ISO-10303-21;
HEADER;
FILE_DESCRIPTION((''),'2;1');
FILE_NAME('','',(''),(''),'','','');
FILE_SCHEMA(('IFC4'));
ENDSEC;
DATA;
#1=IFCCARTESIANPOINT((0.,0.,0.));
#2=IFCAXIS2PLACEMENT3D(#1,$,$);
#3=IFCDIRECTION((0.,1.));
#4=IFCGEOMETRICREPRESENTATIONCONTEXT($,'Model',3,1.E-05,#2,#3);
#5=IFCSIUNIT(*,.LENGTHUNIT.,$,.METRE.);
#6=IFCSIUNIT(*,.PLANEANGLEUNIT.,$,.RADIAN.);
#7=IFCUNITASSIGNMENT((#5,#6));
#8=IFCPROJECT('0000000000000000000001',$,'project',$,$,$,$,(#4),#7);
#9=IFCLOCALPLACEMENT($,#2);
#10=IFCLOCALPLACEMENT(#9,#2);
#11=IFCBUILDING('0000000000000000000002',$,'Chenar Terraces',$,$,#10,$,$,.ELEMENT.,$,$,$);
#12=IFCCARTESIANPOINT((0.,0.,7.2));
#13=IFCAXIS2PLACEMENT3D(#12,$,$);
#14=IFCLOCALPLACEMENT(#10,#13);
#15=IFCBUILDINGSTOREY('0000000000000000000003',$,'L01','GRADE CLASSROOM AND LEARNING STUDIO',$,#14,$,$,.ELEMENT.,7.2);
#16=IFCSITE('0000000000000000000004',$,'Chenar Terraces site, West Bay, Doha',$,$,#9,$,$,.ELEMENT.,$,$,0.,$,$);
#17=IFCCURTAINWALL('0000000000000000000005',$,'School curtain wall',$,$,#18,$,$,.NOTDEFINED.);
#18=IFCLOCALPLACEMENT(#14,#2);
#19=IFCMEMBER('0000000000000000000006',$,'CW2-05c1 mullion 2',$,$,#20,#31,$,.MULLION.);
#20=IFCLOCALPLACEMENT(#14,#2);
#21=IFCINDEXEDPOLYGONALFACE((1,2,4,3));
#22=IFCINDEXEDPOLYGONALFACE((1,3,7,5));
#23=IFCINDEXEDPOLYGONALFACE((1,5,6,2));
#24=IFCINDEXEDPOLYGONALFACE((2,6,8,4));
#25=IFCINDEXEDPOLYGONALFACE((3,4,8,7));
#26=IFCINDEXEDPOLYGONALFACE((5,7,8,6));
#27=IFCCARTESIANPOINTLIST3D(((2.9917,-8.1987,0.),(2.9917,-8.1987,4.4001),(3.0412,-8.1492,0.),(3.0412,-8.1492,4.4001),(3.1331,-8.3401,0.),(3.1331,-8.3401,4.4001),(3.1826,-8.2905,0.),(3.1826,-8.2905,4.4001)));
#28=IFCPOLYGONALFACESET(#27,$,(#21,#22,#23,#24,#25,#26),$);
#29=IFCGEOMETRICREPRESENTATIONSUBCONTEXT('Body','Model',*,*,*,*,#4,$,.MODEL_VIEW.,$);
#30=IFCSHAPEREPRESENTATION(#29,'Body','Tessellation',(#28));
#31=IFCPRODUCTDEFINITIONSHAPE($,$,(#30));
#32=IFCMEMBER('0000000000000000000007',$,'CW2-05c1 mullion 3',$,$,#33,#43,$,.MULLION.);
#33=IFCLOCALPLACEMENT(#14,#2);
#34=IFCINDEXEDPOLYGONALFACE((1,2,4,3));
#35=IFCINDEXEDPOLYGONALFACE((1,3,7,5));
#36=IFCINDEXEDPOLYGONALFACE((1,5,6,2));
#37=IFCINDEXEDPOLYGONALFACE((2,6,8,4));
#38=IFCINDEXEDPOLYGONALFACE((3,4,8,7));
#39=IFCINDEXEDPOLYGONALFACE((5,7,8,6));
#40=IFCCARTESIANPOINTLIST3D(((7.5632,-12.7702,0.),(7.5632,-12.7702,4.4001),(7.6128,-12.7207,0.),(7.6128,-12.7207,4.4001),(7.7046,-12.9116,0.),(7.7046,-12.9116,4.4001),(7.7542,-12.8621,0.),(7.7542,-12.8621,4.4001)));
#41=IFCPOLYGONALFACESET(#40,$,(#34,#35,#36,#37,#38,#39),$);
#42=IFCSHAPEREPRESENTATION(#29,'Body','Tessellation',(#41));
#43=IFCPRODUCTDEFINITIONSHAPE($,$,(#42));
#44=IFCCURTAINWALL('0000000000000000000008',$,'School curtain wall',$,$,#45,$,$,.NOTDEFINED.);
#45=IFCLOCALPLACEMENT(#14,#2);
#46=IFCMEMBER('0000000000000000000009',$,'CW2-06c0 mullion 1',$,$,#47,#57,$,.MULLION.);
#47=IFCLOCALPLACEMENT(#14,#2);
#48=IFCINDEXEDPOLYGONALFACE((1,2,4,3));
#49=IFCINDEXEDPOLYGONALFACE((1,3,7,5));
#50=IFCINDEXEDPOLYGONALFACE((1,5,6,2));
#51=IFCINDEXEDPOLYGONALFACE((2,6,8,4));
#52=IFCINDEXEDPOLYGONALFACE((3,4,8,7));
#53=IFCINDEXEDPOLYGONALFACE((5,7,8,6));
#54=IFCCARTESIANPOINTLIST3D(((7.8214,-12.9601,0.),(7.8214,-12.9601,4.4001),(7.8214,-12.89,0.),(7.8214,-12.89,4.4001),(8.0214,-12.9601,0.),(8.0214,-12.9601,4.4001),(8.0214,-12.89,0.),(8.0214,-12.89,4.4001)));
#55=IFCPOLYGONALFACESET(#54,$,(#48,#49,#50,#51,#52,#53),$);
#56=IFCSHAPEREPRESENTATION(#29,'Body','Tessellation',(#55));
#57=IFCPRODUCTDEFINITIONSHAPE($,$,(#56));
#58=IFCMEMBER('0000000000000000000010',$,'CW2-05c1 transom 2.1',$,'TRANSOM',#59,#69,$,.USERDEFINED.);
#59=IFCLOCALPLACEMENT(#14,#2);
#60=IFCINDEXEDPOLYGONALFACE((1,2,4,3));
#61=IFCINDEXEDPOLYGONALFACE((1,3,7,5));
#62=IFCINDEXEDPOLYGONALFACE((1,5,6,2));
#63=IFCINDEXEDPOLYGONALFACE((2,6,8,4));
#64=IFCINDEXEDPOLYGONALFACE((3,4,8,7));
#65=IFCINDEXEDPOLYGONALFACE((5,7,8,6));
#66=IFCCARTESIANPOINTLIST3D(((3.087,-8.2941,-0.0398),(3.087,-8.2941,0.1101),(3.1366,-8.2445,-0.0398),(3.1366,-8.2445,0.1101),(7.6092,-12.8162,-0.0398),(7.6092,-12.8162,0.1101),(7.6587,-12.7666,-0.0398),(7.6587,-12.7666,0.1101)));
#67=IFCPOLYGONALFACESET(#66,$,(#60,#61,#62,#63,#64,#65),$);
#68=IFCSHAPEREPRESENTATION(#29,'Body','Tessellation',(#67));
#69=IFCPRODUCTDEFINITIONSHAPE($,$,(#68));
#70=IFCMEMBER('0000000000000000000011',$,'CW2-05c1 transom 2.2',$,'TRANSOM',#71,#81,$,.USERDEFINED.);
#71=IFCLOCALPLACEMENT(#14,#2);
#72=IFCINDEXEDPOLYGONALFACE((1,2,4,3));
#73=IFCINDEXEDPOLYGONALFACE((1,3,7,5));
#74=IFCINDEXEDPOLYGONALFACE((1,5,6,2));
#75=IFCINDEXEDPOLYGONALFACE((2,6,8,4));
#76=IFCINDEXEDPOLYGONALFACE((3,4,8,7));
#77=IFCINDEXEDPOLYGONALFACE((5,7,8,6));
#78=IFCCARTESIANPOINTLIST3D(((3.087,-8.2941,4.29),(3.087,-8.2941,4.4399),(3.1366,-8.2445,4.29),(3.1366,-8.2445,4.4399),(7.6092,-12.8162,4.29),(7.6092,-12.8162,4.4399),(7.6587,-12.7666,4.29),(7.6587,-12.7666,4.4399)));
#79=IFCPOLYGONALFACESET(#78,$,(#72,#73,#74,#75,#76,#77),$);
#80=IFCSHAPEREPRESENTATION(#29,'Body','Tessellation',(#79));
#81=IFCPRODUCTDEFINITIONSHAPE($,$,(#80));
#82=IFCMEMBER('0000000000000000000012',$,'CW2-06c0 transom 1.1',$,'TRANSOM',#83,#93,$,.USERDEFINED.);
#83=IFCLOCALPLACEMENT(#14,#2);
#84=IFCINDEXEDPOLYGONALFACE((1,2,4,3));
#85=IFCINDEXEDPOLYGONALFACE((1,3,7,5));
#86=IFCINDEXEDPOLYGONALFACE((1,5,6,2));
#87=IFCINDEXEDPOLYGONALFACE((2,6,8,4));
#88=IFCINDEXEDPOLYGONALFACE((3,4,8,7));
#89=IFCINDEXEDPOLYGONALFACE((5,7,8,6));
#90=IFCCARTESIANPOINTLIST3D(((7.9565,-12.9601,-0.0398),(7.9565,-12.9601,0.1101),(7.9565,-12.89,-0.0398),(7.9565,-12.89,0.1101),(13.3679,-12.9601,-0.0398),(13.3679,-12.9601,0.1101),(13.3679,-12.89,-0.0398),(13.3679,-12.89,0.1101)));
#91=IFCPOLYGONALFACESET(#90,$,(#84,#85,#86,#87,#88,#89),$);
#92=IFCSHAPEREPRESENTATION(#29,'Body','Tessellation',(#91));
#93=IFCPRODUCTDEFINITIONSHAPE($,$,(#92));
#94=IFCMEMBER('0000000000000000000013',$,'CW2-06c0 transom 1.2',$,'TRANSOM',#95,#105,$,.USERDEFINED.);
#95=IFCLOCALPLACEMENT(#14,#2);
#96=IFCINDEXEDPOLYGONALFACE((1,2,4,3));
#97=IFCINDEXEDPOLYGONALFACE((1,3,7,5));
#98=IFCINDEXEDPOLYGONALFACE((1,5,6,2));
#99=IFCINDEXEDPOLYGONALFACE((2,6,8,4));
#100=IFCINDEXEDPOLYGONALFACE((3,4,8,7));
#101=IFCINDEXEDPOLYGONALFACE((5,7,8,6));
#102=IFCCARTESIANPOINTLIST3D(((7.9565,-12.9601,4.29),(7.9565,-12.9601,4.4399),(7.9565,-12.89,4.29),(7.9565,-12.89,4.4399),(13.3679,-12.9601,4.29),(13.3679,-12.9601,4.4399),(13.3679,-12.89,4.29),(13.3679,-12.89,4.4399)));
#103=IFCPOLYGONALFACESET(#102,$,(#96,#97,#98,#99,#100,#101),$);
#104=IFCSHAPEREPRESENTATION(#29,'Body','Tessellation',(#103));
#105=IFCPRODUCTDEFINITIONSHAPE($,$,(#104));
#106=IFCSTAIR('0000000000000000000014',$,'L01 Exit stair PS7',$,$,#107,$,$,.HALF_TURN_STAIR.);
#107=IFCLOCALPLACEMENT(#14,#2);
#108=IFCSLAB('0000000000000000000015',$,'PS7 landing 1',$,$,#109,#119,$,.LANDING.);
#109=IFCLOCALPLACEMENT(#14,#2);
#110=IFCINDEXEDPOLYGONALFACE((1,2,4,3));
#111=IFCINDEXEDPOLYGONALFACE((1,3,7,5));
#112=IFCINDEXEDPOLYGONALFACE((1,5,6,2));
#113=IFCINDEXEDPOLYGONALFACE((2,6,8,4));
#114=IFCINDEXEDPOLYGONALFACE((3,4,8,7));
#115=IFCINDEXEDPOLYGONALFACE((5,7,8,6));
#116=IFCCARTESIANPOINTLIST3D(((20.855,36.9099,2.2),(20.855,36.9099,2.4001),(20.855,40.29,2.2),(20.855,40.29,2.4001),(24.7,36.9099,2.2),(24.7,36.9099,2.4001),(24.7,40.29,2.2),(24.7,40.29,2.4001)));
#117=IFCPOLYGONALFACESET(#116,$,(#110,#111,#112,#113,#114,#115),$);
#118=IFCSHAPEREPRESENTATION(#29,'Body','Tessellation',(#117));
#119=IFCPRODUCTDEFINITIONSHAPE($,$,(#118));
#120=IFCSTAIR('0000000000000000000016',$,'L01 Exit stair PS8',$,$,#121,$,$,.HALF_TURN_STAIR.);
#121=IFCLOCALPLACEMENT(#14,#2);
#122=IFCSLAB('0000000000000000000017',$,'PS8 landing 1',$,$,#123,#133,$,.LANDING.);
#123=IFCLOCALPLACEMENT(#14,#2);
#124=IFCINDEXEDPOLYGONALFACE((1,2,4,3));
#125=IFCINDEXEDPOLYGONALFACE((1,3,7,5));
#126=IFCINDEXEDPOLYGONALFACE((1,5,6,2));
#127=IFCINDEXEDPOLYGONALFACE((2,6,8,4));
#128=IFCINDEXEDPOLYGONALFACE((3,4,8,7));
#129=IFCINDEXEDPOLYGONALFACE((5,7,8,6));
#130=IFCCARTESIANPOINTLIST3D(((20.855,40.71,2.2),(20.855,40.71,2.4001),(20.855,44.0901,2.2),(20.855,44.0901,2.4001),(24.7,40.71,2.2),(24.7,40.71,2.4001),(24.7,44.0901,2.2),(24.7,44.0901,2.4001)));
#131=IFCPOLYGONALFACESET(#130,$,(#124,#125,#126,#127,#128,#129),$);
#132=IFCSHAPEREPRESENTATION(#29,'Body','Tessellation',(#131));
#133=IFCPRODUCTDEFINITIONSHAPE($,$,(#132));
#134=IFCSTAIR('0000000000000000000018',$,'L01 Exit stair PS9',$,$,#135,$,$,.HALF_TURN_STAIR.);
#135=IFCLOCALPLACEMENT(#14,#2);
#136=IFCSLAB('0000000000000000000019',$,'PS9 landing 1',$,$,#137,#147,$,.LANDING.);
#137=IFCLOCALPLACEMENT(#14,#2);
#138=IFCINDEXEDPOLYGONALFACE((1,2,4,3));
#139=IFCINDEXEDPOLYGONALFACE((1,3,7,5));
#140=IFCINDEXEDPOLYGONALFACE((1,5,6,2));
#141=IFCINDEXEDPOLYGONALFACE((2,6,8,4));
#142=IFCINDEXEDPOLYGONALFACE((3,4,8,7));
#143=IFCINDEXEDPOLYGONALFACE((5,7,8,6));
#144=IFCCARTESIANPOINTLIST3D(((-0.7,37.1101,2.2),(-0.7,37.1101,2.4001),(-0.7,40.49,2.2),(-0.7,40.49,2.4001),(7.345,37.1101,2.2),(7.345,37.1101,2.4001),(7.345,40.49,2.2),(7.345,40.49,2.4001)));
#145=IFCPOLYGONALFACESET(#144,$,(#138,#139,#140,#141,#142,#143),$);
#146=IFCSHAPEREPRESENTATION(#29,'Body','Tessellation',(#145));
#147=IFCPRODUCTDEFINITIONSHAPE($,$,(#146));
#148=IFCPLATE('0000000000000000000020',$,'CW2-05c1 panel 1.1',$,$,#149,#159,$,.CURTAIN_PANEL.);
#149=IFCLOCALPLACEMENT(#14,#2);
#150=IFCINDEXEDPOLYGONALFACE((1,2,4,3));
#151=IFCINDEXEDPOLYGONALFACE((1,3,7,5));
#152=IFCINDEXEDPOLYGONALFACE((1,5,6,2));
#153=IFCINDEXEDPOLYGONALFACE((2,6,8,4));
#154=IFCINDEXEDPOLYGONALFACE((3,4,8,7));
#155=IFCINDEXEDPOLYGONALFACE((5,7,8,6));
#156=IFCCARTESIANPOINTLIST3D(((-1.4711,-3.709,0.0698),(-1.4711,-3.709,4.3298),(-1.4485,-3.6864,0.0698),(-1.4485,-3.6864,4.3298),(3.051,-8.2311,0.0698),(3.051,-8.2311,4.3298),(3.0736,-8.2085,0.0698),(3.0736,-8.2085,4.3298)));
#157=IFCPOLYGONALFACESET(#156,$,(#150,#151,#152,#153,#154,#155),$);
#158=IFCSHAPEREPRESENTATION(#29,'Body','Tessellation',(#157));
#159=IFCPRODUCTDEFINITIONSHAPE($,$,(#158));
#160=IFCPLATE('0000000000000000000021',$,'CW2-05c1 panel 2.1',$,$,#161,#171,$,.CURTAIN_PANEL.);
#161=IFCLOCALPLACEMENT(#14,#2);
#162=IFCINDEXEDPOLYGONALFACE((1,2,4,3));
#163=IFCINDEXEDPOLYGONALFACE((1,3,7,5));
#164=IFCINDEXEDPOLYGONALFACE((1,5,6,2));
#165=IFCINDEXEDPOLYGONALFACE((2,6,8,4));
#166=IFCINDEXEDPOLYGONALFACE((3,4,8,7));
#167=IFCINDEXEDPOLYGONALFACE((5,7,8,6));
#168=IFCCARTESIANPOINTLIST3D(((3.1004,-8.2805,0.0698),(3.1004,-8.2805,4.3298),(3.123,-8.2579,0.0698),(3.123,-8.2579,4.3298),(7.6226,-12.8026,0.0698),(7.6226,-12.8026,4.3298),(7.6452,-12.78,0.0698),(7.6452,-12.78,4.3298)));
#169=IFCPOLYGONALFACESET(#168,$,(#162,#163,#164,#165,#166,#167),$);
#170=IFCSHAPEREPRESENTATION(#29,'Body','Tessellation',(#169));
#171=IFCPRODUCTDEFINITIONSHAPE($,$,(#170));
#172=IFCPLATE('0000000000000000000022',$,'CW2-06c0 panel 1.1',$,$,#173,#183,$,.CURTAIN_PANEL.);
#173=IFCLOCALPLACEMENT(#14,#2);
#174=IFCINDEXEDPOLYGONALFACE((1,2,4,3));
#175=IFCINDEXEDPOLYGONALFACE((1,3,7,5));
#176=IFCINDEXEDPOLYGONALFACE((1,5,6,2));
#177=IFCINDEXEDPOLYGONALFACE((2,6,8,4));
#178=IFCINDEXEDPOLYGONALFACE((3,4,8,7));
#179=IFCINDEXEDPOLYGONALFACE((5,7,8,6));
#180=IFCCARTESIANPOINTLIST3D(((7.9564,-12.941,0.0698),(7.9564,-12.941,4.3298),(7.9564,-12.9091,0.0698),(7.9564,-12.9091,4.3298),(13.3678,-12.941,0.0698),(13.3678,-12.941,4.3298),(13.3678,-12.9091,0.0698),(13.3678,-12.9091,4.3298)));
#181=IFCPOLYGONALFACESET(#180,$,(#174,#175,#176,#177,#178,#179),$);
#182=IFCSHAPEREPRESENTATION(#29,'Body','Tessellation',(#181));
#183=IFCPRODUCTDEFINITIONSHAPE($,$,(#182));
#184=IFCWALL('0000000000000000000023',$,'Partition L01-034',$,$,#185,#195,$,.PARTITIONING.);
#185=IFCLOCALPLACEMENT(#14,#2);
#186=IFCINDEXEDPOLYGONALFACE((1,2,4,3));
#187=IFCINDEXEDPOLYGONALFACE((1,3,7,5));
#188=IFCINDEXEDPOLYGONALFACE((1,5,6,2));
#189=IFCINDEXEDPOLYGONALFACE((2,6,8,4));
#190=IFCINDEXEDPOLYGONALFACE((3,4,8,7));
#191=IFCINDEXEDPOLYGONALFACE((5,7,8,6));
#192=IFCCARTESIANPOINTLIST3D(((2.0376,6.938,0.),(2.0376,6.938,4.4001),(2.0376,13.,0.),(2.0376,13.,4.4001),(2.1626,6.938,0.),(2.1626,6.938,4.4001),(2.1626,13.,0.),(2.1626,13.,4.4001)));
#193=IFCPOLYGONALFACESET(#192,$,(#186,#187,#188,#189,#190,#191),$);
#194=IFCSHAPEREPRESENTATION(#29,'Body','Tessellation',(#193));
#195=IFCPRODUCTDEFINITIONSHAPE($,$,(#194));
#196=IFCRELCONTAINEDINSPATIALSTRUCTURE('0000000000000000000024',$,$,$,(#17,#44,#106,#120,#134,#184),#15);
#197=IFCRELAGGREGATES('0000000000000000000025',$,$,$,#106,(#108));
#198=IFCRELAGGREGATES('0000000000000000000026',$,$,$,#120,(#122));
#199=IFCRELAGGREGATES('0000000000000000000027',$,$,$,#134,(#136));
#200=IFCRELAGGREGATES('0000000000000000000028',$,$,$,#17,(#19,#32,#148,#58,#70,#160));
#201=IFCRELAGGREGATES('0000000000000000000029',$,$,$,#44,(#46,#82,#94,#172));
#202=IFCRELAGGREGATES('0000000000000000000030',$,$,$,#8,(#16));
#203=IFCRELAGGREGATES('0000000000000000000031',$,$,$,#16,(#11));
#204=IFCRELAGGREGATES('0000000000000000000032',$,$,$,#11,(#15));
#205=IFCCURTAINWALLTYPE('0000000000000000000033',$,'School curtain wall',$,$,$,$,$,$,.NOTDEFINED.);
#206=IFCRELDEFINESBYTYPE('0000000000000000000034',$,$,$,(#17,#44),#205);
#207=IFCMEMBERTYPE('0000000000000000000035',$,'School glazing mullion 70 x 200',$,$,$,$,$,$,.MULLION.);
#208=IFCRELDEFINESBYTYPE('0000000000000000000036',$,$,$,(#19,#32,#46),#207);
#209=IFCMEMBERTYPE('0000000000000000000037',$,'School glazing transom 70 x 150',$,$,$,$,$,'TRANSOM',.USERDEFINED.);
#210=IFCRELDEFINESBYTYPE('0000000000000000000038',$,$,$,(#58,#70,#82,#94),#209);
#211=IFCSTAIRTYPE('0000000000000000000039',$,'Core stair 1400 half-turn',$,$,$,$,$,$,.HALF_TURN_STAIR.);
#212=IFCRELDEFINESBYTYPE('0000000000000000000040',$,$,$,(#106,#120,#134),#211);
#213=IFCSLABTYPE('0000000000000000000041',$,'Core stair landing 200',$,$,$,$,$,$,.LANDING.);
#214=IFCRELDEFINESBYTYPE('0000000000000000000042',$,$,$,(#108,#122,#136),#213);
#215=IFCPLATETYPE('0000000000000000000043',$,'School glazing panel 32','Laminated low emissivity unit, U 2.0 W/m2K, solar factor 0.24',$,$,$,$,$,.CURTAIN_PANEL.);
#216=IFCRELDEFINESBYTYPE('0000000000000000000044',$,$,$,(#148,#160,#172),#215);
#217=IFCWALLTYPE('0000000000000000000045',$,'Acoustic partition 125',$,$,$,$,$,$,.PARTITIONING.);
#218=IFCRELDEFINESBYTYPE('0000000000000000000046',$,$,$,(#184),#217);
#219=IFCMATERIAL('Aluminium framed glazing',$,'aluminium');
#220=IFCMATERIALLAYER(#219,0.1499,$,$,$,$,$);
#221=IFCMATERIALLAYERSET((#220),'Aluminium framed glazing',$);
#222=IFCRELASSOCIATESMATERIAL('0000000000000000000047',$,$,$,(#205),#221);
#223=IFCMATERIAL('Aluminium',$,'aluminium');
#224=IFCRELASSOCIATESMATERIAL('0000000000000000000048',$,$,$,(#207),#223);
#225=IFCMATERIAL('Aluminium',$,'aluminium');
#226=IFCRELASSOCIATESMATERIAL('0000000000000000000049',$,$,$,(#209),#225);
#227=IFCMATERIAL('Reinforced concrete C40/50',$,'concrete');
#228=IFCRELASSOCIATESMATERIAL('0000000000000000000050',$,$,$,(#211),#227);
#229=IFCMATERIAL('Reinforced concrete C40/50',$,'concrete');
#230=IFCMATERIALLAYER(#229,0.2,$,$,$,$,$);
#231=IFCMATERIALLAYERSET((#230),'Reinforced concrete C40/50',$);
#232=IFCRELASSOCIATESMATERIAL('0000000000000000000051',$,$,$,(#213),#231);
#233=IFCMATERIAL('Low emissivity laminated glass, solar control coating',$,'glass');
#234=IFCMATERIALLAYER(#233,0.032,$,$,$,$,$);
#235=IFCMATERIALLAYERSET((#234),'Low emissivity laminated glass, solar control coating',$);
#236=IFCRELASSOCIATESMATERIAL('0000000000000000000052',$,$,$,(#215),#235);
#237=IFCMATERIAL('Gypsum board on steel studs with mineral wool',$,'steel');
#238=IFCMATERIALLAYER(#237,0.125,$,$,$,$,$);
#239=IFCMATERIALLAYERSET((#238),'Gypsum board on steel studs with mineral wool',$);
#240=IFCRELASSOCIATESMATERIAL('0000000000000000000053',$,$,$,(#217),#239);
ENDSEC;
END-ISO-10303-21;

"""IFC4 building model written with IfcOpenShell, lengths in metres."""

from ifc_helpers import new_model, si_unit, direction, frame, frame_2d, origin, origin_2d, place, context, subcontext, project, spatial, polyline, rectangle, outline, extrude, material, layer, layer_set, material_profile, profile_set, type_object, element, aggregate, save


model = new_model("IFC4")

# Units and contexts
model_context = context("Model", 3, precision=1e-05, world=origin(), true_north=direction((0.0, 1.0)))
body_context = subcontext(model_context, "Body", "Model", "MODEL_VIEW")
ifc_project = project(units=[si_unit("LENGTHUNIT", "METRE"), si_unit("PLANEANGLEUNIT", "RADIAN")], contexts=[model_context])

# Site, building, storey
site_placement = place(None, origin())
site = spatial("IfcSite", under=ifc_project, at=site_placement, Name="Chenar Terraces site, West Bay, Doha", CompositionType="ELEMENT", RefElevation=0.0)
building_placement = place(site_placement, origin())
building = spatial("IfcBuilding", under=site, at=building_placement, Name="Chenar Terraces", CompositionType="ELEMENT")
storey_placement = place(building_placement, frame((0.0, 0.0, 7.2)))
storey = spatial("IfcBuildingStorey", under=building, at=storey_placement, Name="L01", Description="GRADE CLASSROOM AND LEARNING STUDIO", CompositionType="ELEMENT", Elevation=7.2)

# Curtain wall, members
ifc_material_1 = material(Name="Aluminium framed glazing", Category="aluminium")
ifc_layer_1 = layer(ifc_material_1, 0.1499)
ifc_layer_set_1 = layer_set([ifc_layer_1], Name="Aluminium framed glazing")
curtain_wall_type = type_object("IfcCurtainWallType", Name="School curtain wall", PredefinedType="NOTDEFINED", material=ifc_layer_set_1)
placement_1 = place(storey_placement, origin())
curtain_wall_1 = element("IfcCurtainWall", 1, at=placement_1, inside=storey, type_object=curtain_wall_type, Name="School curtain wall", PredefinedType="NOTDEFINED")
ifc_material_2 = material(Name="Aluminium", Category="aluminium")
ifc_material_profile_1 = material_profile(ifc_material_2, rectangle(XDim=0.0701, YDim=0.2, at=origin_2d()), Name="School glazing mullion 70 x 200")
ifc_profile_set_1 = profile_set([ifc_material_profile_1], Name="Aluminium")
member_type_1 = type_object("IfcMemberType", Name="School glazing mullion 70 x 200", PredefinedType="MULLION", material=ifc_profile_set_1)
member_1_placement = place(storey_placement, frame((3.0872, -8.2446, 0.0), z_axis=(0.0, 0.0, 1.0), x_axis=(0.707107, 0.707107, 0.0)))
member_1 = element("IfcMember", 2, at=member_1_placement, type_object=member_type_1, Name="CW2-05c1 mullion 2", PredefinedType="MULLION", context=body_context, shape_type="SweptSolid", body=[
    extrude(rectangle(XDim=0.0701, YDim=0.2, at=origin_2d()), origin(), (0.0, 0.0, 1.0), 4.4001),
])
member_2_placement = place(storey_placement, frame((7.6587, -12.8162, 0.0), z_axis=(0.0, 0.0, 1.0), x_axis=(0.707107, 0.707107, 0.0)))
member_2 = element("IfcMember", 3, at=member_2_placement, type_object=member_type_1, Name="CW2-05c1 mullion 3", PredefinedType="MULLION", context=body_context, shape_type="SweptSolid", body=[
    extrude(rectangle(XDim=0.0701, YDim=0.2, at=origin_2d()), origin(), (0.0, 0.0, 1.0), 4.4001),
])

# Curtain wall, member
curtain_wall_2 = element("IfcCurtainWall", 4, at=placement_1, inside=storey, type_object=curtain_wall_type, Name="School curtain wall", PredefinedType="NOTDEFINED")
member_3_placement = place(storey_placement, frame((7.9214, -12.925, 0.0), z_axis=(0.0, 0.0, 1.0), x_axis=(0.0, 1.0, 0.0)))
member_3 = element("IfcMember", 5, at=member_3_placement, type_object=member_type_1, Name="CW2-06c0 mullion 1", PredefinedType="MULLION", context=body_context, shape_type="SweptSolid", body=[
    extrude(rectangle(XDim=0.0701, YDim=0.2, at=origin_2d()), origin(), (0.0, 0.0, 1.0), 4.4001),
])

# Members
ifc_material_3 = material(Name="Aluminium", Category="aluminium")
ifc_material_profile_2 = material_profile(ifc_material_3, rectangle(XDim=0.0701, YDim=0.1499, at=origin_2d()), Name="School glazing transom 70 x 150")
ifc_profile_set_2 = profile_set([ifc_material_profile_2], Name="Aluminium")
member_type_2 = type_object("IfcMemberType", Name="School glazing transom 70 x 150", ElementType="TRANSOM", PredefinedType="USERDEFINED", material=ifc_profile_set_2)
member_4_placement = place(storey_placement, frame((3.1118, -8.2693, 0.0352), z_axis=(0.707107, -0.707107, 0.0), x_axis=(0.707107, 0.707107, 0.0)))
member_4 = element("IfcMember", 6, at=member_4_placement, type_object=member_type_2, Name="CW2-05c1 transom 2.1", ObjectType="TRANSOM", PredefinedType="USERDEFINED", context=body_context, shape_type="SweptSolid", body=[
    extrude(rectangle(XDim=0.0701, YDim=0.1499, at=origin_2d()), origin(), (0.0, 0.0, 1.0), 6.3953),
])
member_5_placement = place(storey_placement, frame((3.1118, -8.2693, 4.365), z_axis=(0.707107, -0.707107, 0.0), x_axis=(0.707107, 0.707107, 0.0)))
member_5 = element("IfcMember", 7, at=member_5_placement, type_object=member_type_2, Name="CW2-05c1 transom 2.2", ObjectType="TRANSOM", PredefinedType="USERDEFINED", context=body_context, shape_type="SweptSolid", body=[
    extrude(rectangle(XDim=0.0701, YDim=0.1499, at=origin_2d()), origin(), (0.0, 0.0, 1.0), 6.3953),
])
member_6_placement = place(storey_placement, frame((7.9565, -12.925, 0.0352), z_axis=(1.0, 0.0, 0.0), x_axis=(0.0, 1.0, 0.0)))
member_6 = element("IfcMember", 8, at=member_6_placement, type_object=member_type_2, Name="CW2-06c0 transom 1.1", ObjectType="TRANSOM", PredefinedType="USERDEFINED", context=body_context, shape_type="SweptSolid", body=[
    extrude(rectangle(XDim=0.0701, YDim=0.1499, at=origin_2d()), origin(), (0.0, 0.0, 1.0), 5.4114),
])
member_7_placement = place(storey_placement, frame((7.9565, -12.925, 4.365), z_axis=(1.0, 0.0, 0.0), x_axis=(0.0, 1.0, 0.0)))
member_7 = element("IfcMember", 9, at=member_7_placement, type_object=member_type_2, Name="CW2-06c0 transom 1.2", ObjectType="TRANSOM", PredefinedType="USERDEFINED", context=body_context, shape_type="SweptSolid", body=[
    extrude(rectangle(XDim=0.0701, YDim=0.1499, at=origin_2d()), origin(), (0.0, 0.0, 1.0), 5.4114),
])

# Stairs, slabs
ifc_material_4 = material(Name="Reinforced concrete C40/50", Category="concrete")
stair_type = type_object("IfcStairType", Name="Core stair 1400 half-turn", PredefinedType="HALF_TURN_STAIR", material=ifc_material_4)
stair_1 = element("IfcStair", 10, at=placement_1, inside=storey, type_object=stair_type, Name="L01 Exit stair PS7", PredefinedType="HALF_TURN_STAIR")
ifc_material_5 = material(Name="Reinforced concrete C40/50", Category="concrete")
ifc_layer_2 = layer(ifc_material_5, 0.2)
ifc_layer_set_2 = layer_set([ifc_layer_2], Name="Reinforced concrete C40/50")
slab_type = type_object("IfcSlabType", Name="Core stair landing 200", PredefinedType="LANDING", material=ifc_layer_set_2)
placement_2 = place(storey_placement, frame((0.0, 0.0, 2.2)))
slab_1 = element("IfcSlab", 11, at=placement_2, type_object=slab_type, Name="PS7 landing 1", PredefinedType="LANDING", context=body_context, shape_type="SweptSolid", body=[
    extrude(outline(polyline([(20.855, 36.9099), (24.7, 36.9099), (24.7, 40.29), (20.855, 40.29), (20.855, 36.9099)])), origin(), (0.0, 0.0, 1.0), 0.2002),
])
aggregate(stair_1, [slab_1])
stair_2 = element("IfcStair", 12, at=placement_1, inside=storey, type_object=stair_type, Name="L01 Exit stair PS8", PredefinedType="HALF_TURN_STAIR")
slab_2 = element("IfcSlab", 13, at=placement_2, type_object=slab_type, Name="PS8 landing 1", PredefinedType="LANDING", context=body_context, shape_type="SweptSolid", body=[
    extrude(outline(polyline([(20.855, 40.71), (24.7, 40.71), (24.7, 44.0901), (20.855, 44.0901), (20.855, 40.71)])), origin(), (0.0, 0.0, 1.0), 0.2002),
])
aggregate(stair_2, [slab_2])
stair_3 = element("IfcStair", 14, at=placement_1, inside=storey, type_object=stair_type, Name="L01 Exit stair PS9", PredefinedType="HALF_TURN_STAIR")
slab_3 = element("IfcSlab", 15, at=placement_2, type_object=slab_type, Name="PS9 landing 1", PredefinedType="LANDING", context=body_context, shape_type="SweptSolid", body=[
    extrude(outline(polyline([(7.345, 40.49), (-0.7, 40.49), (-0.7, 37.1101), (7.345, 37.1101), (7.345, 40.49)])), origin(), (0.0, 0.0, 1.0), 0.2002),
])
aggregate(stair_3, [slab_3])

# Plates
ifc_material_6 = material(Name="Low emissivity laminated glass, solar control coating", Category="glass")
ifc_layer_3 = layer(ifc_material_6, 0.032)
ifc_layer_set_3 = layer_set([ifc_layer_3], Name="Low emissivity laminated glass, solar control coating")
plate_type = type_object("IfcPlateType", Name="School glazing panel 32", Description="Laminated low emissivity unit, U 2.0 W/m2K, solar factor 0.24", PredefinedType="CURTAIN_PANEL", material=ifc_layer_set_3)
plate_1_placement = place(storey_placement, frame((0.8013, -5.9587, 0.0698), z_axis=(0.0, 0.0, 1.0), x_axis=(0.707107, -0.707107, 0.0)))
plate_1 = element("IfcPlate", 16, at=plate_1_placement, type_object=plate_type, Name="CW2-05c1 panel 1.1", PredefinedType="CURTAIN_PANEL", context=body_context, shape_type="SweptSolid", body=[
    extrude(rectangle(XDim=6.3953, YDim=0.032, at=origin_2d()), origin(), (0.0, 0.0, 1.0), 4.26),
])
plate_2_placement = place(storey_placement, frame((5.3728, -10.5303, 0.0698), z_axis=(0.0, 0.0, 1.0), x_axis=(0.707107, -0.707107, 0.0)))
plate_2 = element("IfcPlate", 17, at=plate_2_placement, type_object=plate_type, Name="CW2-05c1 panel 2.1", PredefinedType="CURTAIN_PANEL", context=body_context, shape_type="SweptSolid", body=[
    extrude(rectangle(XDim=6.3953, YDim=0.032, at=origin_2d()), origin(), (0.0, 0.0, 1.0), 4.26),
])
aggregate(curtain_wall_1, [member_1, member_2, plate_1, member_4, member_5, plate_2])
plate_3_placement = place(storey_placement, frame((10.6621, -12.925, 0.0698), z_axis=(0.0, 0.0, 1.0), x_axis=(1.0, 0.0, 0.0)))
plate_3 = element("IfcPlate", 18, at=plate_3_placement, type_object=plate_type, Name="CW2-06c0 panel 1.1", PredefinedType="CURTAIN_PANEL", context=body_context, shape_type="SweptSolid", body=[
    extrude(rectangle(XDim=5.4114, YDim=0.032, at=origin_2d()), origin(), (0.0, 0.0, 1.0), 4.26),
])
aggregate(curtain_wall_2, [member_3, member_6, member_7, plate_3])

# Wall
ifc_material_7 = material(Name="Gypsum board on steel studs with mineral wool", Category="steel")
ifc_layer_4 = layer(ifc_material_7, 0.125)
ifc_layer_set_4 = layer_set([ifc_layer_4], Name="Gypsum board on steel studs with mineral wool")
wall_type_1 = type_object("IfcWallType", Name="Acoustic partition 125", PredefinedType="PARTITIONING", material=ifc_layer_set_4)
wall_1_placement = place(storey_placement, frame((2.1001, 6.938, 0.0), z_axis=(0.0, 0.0, 1.0), x_axis=(0.0, 1.0, 0.0)))
element("IfcWall", 19, at=wall_1_placement, inside=storey, type_object=wall_type_1, Name="Partition L01-034", PredefinedType="PARTITIONING", context=body_context, shape_type="SweptSolid", body=[
    extrude(rectangle(XDim=6.062, YDim=0.125, at=frame_2d((3.031, 0.0))), origin(), (0.0, 0.0, 1.0), 4.4001),
])

save(model, "model.ifc")
